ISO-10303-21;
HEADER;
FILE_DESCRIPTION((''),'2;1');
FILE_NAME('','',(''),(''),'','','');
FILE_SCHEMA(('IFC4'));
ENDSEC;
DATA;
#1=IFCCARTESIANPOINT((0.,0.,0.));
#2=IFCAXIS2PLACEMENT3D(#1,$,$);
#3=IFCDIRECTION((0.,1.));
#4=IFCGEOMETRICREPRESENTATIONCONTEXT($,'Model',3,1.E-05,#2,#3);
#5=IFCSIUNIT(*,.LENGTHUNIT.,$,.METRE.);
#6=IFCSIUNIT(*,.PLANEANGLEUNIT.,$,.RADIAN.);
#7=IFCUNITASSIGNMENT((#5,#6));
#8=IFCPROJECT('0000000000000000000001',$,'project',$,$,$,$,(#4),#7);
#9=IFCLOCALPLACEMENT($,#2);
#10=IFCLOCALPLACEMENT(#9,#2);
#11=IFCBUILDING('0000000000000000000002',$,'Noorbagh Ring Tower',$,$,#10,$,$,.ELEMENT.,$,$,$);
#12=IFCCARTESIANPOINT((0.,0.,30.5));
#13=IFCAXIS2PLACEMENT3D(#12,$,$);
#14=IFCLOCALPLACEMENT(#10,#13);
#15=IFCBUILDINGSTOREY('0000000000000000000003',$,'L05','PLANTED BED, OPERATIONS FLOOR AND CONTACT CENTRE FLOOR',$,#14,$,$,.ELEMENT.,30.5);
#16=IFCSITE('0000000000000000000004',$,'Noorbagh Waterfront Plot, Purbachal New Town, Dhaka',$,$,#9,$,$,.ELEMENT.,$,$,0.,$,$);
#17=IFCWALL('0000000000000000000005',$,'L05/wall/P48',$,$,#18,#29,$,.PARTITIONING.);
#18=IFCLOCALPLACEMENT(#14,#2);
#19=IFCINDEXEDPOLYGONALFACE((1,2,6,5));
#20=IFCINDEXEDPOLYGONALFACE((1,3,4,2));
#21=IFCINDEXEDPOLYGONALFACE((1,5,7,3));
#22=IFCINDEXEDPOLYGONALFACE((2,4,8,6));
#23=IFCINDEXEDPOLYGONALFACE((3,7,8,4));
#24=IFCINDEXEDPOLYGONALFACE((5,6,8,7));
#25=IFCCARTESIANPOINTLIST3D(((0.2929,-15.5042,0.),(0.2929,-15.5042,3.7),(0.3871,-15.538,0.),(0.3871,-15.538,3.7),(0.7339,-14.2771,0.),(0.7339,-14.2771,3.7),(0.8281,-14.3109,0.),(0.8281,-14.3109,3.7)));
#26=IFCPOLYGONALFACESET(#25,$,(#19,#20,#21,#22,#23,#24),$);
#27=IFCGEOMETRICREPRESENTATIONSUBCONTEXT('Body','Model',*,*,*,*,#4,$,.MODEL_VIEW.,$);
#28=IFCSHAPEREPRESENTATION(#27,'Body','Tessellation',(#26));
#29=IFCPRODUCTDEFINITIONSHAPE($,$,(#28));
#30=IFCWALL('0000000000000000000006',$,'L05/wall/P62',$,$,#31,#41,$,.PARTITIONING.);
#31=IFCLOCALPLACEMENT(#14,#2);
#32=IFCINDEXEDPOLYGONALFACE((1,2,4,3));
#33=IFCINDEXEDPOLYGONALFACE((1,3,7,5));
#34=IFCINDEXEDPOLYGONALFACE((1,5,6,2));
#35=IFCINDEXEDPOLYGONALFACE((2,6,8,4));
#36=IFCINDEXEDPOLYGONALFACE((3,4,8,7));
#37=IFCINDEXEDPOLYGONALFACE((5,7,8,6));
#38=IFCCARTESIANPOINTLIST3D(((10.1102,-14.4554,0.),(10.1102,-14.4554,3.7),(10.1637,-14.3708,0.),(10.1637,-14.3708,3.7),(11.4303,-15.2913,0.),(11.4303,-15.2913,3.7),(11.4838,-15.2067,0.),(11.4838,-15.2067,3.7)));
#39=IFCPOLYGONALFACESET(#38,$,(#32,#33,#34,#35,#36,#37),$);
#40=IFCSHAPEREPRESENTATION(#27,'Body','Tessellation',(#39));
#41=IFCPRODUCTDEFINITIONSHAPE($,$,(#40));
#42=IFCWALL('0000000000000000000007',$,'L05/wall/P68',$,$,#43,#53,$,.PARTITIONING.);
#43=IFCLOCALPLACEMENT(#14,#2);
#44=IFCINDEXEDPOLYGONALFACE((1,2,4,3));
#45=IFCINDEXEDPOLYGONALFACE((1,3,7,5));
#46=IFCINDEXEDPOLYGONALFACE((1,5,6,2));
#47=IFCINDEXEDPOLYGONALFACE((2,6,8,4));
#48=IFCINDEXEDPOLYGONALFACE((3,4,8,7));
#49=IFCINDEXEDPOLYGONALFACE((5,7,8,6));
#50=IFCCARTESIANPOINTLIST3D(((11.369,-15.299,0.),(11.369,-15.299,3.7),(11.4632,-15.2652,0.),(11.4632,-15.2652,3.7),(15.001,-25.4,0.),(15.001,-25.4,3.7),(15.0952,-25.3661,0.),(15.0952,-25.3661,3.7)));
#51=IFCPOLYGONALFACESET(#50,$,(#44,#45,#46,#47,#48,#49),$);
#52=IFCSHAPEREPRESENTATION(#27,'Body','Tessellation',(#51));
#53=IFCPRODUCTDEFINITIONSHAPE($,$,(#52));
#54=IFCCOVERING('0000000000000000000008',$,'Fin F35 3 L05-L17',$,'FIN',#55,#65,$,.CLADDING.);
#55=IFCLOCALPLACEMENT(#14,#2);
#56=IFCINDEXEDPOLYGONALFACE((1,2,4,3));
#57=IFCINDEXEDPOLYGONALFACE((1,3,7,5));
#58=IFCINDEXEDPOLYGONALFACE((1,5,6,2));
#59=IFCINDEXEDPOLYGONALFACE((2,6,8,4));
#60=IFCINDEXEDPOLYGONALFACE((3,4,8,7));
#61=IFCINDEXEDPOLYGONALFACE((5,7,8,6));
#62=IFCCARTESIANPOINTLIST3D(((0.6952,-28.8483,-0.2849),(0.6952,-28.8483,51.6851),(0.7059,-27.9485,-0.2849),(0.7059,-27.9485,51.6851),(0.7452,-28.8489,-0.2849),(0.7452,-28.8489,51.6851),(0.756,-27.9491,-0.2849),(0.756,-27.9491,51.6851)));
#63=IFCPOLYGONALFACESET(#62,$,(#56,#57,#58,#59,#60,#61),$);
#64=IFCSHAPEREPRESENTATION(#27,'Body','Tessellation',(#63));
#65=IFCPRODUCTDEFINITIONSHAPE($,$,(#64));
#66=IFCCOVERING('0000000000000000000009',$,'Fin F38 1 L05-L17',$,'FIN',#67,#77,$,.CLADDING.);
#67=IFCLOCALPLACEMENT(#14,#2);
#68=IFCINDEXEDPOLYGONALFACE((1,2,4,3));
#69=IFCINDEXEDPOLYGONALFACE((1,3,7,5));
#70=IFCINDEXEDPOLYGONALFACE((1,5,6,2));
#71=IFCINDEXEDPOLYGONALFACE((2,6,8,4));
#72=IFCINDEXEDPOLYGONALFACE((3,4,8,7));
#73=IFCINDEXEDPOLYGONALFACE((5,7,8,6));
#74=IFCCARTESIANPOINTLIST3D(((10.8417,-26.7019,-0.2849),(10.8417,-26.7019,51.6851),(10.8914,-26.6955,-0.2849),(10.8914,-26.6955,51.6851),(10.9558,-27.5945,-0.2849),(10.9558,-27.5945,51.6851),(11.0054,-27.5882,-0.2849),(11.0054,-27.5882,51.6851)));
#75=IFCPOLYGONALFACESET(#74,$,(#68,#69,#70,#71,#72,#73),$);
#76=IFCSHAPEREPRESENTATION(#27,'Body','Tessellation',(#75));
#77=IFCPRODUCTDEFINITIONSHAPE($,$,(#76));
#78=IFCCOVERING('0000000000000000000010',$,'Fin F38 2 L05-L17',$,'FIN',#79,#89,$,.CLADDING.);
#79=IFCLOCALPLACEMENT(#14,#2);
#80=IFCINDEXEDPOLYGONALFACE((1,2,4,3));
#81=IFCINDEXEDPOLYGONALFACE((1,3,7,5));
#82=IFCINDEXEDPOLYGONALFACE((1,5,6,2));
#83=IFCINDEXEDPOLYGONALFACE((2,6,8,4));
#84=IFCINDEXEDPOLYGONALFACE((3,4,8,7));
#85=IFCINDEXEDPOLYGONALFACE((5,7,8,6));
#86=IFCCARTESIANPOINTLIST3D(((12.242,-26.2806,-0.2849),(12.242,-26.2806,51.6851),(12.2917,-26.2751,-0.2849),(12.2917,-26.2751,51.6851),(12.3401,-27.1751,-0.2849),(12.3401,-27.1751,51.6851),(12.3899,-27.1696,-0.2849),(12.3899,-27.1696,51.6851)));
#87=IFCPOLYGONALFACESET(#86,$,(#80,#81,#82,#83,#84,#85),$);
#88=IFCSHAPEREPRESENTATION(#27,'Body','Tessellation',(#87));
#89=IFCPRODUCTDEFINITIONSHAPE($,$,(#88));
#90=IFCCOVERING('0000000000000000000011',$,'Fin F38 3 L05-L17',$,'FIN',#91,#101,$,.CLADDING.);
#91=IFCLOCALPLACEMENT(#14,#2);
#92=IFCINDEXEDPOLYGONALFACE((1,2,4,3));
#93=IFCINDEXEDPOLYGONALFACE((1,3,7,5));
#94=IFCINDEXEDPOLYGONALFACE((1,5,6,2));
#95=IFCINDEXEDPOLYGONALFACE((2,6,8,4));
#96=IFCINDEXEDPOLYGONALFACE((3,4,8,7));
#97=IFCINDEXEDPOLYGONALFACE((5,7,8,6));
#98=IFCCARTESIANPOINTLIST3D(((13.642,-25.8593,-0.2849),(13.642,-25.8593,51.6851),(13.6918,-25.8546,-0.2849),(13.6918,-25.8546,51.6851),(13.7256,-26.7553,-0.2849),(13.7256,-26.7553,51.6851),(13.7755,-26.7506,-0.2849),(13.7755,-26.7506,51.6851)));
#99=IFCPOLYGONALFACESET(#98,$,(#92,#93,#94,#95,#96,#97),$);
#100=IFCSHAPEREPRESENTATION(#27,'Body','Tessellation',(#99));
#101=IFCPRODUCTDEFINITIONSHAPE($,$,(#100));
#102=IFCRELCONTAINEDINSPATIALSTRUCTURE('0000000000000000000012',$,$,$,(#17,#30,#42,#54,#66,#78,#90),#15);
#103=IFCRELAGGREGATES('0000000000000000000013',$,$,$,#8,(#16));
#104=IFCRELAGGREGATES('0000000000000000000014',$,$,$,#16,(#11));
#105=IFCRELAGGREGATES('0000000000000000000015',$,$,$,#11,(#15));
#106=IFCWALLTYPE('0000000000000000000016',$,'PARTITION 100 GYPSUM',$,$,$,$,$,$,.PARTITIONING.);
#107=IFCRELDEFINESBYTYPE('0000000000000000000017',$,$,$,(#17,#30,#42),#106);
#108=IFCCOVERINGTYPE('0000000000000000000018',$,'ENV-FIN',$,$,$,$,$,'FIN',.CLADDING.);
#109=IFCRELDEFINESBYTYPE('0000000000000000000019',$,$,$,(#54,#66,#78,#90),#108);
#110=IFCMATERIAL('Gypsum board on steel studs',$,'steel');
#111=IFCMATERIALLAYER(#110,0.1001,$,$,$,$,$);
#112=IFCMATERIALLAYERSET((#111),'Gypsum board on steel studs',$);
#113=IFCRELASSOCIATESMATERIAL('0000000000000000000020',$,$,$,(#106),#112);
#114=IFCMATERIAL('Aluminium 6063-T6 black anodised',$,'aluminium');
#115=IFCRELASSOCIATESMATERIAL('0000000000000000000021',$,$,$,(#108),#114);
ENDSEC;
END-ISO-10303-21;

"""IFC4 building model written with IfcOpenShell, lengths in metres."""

from ifc_helpers import new_model, si_unit, direction, frame, frame_2d, origin, origin_2d, place, context, subcontext, project, spatial, rectangle, extrude, material, layer, layer_set, material_profile, profile_set, type_object, element, save


model = new_model("IFC4")

# Units and contexts
model_context = context("Model", 3, precision=1e-05, world=origin(), true_north=direction((0.0, 1.0)))
body_context = subcontext(model_context, "Body", "Model", "MODEL_VIEW")
ifc_project = project(units=[si_unit("LENGTHUNIT", "METRE"), si_unit("PLANEANGLEUNIT", "RADIAN")], contexts=[model_context])

# Site, building, storey
site_placement = place(None, origin())
site = spatial("IfcSite", under=ifc_project, at=site_placement, Name="Noorbagh Waterfront Plot, Purbachal New Town, Dhaka", CompositionType="ELEMENT", RefElevation=0.0)
building_placement = place(site_placement, origin())
building = spatial("IfcBuilding", under=site, at=building_placement, Name="Noorbagh Ring Tower", CompositionType="ELEMENT")
storey_placement = place(building_placement, frame((0.0, 0.0, 30.5)))
storey = spatial("IfcBuildingStorey", under=building, at=storey_placement, Name="L05", Description="PLANTED BED, OPERATIONS FLOOR AND CONTACT CENTRE FLOOR", CompositionType="ELEMENT", Elevation=30.5)

# Walls
ifc_material_1 = material(Name="Gypsum board on steel studs", Category="steel")
ifc_layer_1 = layer(ifc_material_1, 0.1001)
ifc_layer_set_1 = layer_set([ifc_layer_1], Name="Gypsum board on steel studs")
wall_type_1 = type_object("IfcWallType", Name="PARTITION 100 GYPSUM", PredefinedType="PARTITIONING", material=ifc_layer_set_1)
wall_1_placement = place(storey_placement, frame((0.3401, -15.521, 0.0), z_axis=(0.0, 0.0, 1.0), x_axis=(0.338162, 0.941088, 0.0)))
element("IfcWall", 1, at=wall_1_placement, inside=storey, type_object=wall_type_1, Name="L05/wall/P48", PredefinedType="PARTITIONING", context=body_context, shape_type="SweptSolid", body=[
    extrude(rectangle(XDim=1.304, YDim=0.1001, at=frame_2d((0.6519, 0.0))), origin(), (0.0, 0.0, 1.0), 3.7),
])
wall_2_placement = place(storey_placement, frame((10.137, -14.4131, 0.0), z_axis=(0.0, 0.0, 1.0), x_axis=(0.84485, -0.535004, 0.0)))
element("IfcWall", 2, at=wall_2_placement, inside=storey, type_object=wall_type_1, Name="L05/wall/P62", PredefinedType="PARTITIONING", context=body_context, shape_type="SweptSolid", body=[
    extrude(rectangle(XDim=1.5625, YDim=0.1001, at=frame_2d((0.7812, 0.0))), origin(), (0.0, 0.0, 1.0), 3.7),
])
wall_3_placement = place(storey_placement, frame((11.416, -15.282, 0.0), z_axis=(0.0, 0.0, 1.0), x_axis=(0.338364, -0.941015, 0.0)))
element("IfcWall", 3, at=wall_3_placement, inside=storey, type_object=wall_type_1, Name="L05/wall/P68", PredefinedType="PARTITIONING", context=body_context, shape_type="SweptSolid", body=[
    extrude(rectangle(XDim=10.7341, YDim=0.1001, at=frame_2d((5.3672, 0.0))), origin(), (0.0, 0.0, 1.0), 3.7),
])

# Coverings
ifc_material_2 = material(Name="Aluminium 6063-T6 black anodised", Category="aluminium")
ifc_material_profile_1 = material_profile(ifc_material_2, rectangle(XDim=0.8999, YDim=0.05, at=origin_2d()), Name="900x50")
ifc_profile_set_1 = profile_set([ifc_material_profile_1], Name="Aluminium 6063-T6 black anodised")
covering_type = type_object("IfcCoveringType", Name="ENV-FIN", ElementType="FIN", PredefinedType="CLADDING", material=ifc_profile_set_1)
for number, where, z_axis, x_axis, name in (
    (4, (0.7256, -28.3987, -0.2849), (0.0, 0.0, 1.0), (-0.011915, -0.999929, 0.0), "Fin F35 3 L05-L17"),
    (5, (10.9236, -27.145, -0.2849), (0.0, 0.0, 1.0), (0.126759, -0.991933, 0.0), "Fin F38 1 L05-L17"),
    (6, (12.3159, -26.7251, -0.2849), (0.0, 0.0, 1.0), (0.109101, -0.994031, 0.0), "Fin F38 2 L05-L17"),
    (7, (13.7087, -26.3049, -0.2849), (0.0, 0.0, 1.0), (0.092918, -0.995674, 0.0), "Fin F38 3 L05-L17"),
):
    element("IfcCovering", number, at=place(storey_placement, frame(where, z_axis=z_axis, x_axis=x_axis)), inside=storey, type_object=covering_type, Name=name, ObjectType="FIN", PredefinedType="CLADDING", context=body_context, shape_type="SweptSolid", body=[
        extrude(rectangle(XDim=0.8999, YDim=0.05, at=origin_2d()), origin(), (0.0, 0.0, 1.0), 51.97),
    ])

save(model, "model.ifc")
